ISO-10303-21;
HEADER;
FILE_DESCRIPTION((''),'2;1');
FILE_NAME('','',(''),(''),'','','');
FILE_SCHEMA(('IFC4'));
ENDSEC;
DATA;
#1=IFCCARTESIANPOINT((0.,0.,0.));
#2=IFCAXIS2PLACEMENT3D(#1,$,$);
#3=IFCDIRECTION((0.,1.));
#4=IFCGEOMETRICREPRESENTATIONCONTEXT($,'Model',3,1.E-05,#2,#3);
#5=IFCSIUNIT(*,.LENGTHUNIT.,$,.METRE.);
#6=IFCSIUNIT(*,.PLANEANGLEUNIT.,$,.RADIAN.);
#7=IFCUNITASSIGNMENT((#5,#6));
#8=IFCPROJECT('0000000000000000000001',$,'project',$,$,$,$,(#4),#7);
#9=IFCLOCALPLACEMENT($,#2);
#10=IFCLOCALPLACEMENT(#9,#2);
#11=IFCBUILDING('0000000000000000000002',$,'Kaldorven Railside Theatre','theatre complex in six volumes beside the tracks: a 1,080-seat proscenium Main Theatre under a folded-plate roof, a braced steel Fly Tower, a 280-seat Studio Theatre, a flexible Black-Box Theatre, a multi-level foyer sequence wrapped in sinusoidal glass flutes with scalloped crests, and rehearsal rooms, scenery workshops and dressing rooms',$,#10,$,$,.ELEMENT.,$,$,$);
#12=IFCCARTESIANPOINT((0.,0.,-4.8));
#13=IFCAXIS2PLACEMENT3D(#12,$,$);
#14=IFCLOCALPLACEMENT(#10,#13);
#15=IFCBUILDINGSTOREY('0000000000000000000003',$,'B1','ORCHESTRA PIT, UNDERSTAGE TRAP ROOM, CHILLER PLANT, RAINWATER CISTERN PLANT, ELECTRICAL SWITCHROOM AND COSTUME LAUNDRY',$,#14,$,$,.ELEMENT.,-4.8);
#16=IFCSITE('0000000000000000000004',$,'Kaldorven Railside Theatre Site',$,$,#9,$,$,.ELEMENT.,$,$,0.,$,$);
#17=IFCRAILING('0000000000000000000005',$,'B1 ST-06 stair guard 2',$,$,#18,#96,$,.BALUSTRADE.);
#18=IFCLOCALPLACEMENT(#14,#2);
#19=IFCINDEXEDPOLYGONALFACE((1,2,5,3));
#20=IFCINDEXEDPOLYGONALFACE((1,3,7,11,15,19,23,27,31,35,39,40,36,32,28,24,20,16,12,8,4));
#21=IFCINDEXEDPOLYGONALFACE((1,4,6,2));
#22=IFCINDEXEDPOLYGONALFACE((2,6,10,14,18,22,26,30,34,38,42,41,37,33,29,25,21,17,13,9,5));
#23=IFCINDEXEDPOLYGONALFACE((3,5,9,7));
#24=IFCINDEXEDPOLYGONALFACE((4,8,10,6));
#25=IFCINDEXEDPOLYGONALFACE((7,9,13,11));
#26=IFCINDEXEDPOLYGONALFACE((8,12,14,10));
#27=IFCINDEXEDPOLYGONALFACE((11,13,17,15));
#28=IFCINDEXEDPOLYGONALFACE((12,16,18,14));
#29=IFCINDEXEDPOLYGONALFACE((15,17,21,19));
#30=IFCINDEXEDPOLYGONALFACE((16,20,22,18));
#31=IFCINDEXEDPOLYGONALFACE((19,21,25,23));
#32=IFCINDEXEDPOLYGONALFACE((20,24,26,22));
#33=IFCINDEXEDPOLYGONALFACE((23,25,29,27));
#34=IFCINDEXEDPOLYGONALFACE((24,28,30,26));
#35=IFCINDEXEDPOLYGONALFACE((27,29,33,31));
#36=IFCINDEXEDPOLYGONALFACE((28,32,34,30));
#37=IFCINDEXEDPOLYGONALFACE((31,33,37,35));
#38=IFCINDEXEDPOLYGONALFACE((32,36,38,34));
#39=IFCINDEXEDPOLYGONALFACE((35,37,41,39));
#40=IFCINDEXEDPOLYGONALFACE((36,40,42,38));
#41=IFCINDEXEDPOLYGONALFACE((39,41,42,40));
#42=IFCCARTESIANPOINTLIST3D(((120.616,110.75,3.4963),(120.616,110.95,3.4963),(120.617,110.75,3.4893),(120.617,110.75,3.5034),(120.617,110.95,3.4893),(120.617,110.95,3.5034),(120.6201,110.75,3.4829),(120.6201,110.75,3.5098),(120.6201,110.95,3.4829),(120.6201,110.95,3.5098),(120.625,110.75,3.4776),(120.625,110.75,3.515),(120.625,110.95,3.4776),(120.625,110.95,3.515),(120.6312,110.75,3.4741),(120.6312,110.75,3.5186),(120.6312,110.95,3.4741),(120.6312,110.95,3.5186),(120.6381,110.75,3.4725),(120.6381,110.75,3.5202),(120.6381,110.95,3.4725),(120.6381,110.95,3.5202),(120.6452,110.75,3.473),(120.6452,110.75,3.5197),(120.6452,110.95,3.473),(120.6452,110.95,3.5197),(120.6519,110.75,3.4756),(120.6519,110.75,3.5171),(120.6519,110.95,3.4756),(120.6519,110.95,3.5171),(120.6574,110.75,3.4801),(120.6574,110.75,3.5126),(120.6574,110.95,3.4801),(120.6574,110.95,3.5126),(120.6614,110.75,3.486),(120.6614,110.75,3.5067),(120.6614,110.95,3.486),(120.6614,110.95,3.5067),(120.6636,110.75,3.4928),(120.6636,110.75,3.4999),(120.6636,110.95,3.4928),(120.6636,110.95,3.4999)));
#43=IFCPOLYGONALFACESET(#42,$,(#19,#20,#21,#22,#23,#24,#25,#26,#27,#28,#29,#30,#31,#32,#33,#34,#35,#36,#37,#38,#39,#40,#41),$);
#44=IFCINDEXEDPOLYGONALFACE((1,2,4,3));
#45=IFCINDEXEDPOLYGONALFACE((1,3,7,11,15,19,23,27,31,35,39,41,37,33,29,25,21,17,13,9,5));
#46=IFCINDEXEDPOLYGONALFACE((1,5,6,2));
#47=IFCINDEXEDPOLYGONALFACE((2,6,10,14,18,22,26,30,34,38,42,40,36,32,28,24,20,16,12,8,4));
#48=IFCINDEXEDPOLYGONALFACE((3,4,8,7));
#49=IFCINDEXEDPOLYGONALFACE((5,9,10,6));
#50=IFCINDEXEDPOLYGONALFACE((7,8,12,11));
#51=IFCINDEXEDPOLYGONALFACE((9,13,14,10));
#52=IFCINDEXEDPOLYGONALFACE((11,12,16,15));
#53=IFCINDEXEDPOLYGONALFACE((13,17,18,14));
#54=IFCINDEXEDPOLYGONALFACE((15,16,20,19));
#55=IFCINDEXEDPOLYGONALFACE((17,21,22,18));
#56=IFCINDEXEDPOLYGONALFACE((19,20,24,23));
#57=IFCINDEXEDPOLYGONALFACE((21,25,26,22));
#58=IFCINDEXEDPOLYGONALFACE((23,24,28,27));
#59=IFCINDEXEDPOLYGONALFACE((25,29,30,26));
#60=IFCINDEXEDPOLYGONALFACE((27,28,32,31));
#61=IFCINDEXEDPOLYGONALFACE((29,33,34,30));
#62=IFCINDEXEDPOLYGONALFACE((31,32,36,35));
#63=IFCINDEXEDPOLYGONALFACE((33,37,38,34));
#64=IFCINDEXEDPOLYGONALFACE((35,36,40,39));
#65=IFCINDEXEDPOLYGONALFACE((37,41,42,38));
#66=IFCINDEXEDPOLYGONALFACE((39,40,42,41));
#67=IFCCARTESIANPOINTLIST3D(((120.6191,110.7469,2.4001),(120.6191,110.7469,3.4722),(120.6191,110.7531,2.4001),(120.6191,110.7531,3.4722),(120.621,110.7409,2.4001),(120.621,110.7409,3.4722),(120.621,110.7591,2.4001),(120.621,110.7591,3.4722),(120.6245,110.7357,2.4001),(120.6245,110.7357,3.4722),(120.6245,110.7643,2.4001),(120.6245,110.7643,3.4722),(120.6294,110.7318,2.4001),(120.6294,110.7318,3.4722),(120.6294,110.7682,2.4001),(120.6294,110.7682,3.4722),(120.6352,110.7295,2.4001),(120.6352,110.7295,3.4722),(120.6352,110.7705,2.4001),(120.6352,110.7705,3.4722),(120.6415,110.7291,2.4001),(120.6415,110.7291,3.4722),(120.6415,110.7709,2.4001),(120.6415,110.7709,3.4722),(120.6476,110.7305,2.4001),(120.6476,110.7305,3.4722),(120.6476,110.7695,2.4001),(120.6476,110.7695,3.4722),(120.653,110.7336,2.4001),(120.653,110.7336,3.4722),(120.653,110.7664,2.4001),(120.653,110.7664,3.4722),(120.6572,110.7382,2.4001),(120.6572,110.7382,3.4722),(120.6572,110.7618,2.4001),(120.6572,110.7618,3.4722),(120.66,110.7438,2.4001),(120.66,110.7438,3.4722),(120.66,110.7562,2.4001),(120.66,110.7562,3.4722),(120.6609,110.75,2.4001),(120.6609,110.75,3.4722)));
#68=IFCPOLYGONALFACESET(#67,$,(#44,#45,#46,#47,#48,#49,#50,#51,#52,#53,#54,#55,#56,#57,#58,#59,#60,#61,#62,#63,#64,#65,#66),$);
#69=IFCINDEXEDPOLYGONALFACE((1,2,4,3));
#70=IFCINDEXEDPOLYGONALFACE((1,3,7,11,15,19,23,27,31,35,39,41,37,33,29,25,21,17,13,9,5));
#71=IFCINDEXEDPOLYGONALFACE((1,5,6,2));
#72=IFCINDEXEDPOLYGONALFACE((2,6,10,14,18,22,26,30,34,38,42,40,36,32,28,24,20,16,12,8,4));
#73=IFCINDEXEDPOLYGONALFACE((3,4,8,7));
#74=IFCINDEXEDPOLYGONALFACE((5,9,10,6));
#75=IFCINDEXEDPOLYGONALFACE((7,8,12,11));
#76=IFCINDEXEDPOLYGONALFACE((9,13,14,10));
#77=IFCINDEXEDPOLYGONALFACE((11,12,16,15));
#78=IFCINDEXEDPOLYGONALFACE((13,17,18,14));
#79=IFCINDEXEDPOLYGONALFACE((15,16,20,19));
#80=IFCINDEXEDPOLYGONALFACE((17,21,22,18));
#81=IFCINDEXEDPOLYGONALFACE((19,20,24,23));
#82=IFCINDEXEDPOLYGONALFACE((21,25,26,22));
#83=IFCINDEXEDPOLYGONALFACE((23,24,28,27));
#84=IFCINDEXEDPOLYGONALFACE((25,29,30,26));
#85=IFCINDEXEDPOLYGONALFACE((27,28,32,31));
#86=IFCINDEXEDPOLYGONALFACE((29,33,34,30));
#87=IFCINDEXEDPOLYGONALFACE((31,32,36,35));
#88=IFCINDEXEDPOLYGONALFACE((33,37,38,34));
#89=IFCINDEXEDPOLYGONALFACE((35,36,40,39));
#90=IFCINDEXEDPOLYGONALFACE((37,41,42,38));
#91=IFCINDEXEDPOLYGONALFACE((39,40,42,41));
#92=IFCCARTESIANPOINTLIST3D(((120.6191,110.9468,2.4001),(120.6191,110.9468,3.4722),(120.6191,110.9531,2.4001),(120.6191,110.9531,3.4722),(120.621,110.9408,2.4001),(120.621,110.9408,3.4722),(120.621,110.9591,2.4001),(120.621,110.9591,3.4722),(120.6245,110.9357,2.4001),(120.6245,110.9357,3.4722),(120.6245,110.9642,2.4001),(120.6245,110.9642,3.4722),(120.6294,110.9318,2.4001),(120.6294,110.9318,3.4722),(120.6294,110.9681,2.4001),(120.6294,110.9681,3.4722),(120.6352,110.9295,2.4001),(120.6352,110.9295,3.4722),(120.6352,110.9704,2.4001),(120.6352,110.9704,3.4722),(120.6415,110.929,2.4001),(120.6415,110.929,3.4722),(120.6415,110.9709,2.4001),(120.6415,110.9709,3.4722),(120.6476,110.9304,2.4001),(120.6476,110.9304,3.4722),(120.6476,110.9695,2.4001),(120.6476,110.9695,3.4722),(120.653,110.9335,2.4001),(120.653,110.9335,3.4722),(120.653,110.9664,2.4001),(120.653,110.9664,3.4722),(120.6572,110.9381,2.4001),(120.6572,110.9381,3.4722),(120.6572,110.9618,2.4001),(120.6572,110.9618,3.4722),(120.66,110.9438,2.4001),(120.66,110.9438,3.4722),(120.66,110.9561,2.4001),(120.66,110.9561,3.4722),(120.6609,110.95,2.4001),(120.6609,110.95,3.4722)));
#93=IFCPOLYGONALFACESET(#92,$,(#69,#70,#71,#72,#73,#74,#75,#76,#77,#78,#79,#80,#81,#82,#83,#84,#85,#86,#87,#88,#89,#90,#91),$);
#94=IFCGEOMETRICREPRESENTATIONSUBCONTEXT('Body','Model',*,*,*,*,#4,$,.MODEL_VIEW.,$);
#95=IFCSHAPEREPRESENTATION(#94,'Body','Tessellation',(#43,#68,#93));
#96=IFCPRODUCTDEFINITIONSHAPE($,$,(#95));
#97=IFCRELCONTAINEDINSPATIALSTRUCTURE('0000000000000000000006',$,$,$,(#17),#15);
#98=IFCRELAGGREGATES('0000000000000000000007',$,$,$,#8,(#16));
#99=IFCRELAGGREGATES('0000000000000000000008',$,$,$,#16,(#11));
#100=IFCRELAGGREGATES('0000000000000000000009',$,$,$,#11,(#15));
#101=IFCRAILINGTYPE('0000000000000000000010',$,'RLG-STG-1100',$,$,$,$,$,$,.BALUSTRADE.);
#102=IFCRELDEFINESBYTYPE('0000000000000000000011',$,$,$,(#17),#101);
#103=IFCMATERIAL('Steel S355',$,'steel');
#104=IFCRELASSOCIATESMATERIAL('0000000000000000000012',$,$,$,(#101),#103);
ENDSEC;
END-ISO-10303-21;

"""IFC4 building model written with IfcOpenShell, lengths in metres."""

from ifc_helpers import new_model, si_unit, direction, frame, origin, origin_2d, place, context, subcontext, project, spatial, circle, extrude, material, type_object, element, save


model = new_model("IFC4")

# Units and contexts
model_context = context("Model", 3, precision=1e-05, world=origin(), true_north=direction((0.0, 1.0)))
body_context = subcontext(model_context, "Body", "Model", "MODEL_VIEW")
ifc_project = project(units=[si_unit("LENGTHUNIT", "METRE"), si_unit("PLANEANGLEUNIT", "RADIAN")], contexts=[model_context])

# Site, building, storey
site_placement = place(None, origin())
site = spatial("IfcSite", under=ifc_project, at=site_placement, Name="Kaldorven Railside Theatre Site", CompositionType="ELEMENT", RefElevation=0.0)
building_placement = place(site_placement, origin())
building = spatial("IfcBuilding", under=site, at=building_placement, Name="Kaldorven Railside Theatre", Description="theatre complex in six volumes beside the tracks: a 1,080-seat proscenium Main Theatre under a folded-plate roof, a braced steel Fly Tower, a 280-seat Studio Theatre, a flexible Black-Box Theatre, a multi-level foyer sequence wrapped in sinusoidal glass flutes with scalloped crests, and rehearsal rooms, scenery workshops and dressing rooms", CompositionType="ELEMENT")
storey_placement = place(building_placement, frame((0.0, 0.0, -4.8)))
storey = spatial("IfcBuildingStorey", under=building, at=storey_placement, Name="B1", Description="ORCHESTRA PIT, UNDERSTAGE TRAP ROOM, CHILLER PLANT, RAINWATER CISTERN PLANT, ELECTRICAL SWITCHROOM AND COSTUME LAUNDRY", CompositionType="ELEMENT", Elevation=-4.8)

# Railing
ifc_material_1 = material(Name="Steel S355", Category="steel")
railing_type_1 = type_object("IfcRailingType", Name="RLG-STG-1100", PredefinedType="BALUSTRADE", material=ifc_material_1)
railing_1_placement = place(storey_placement, frame((120.6399, 110.75, 2.4001)))
element("IfcRailing", 1, at=railing_1_placement, inside=storey, type_object=railing_type_1, Name="B1 ST-06 stair guard 2", PredefinedType="BALUSTRADE", context=body_context, shape_type="SweptSolid", body=[
    extrude(circle(Radius=0.0239, at=origin_2d()), frame((0.0, 0.0, 1.0962), z_axis=(0.0, 1.0, 0.0), x_axis=(-1.0, 0.0, 0.0)), (0.0, 0.0, 1.0), 0.2),
    extrude(circle(Radius=0.021, at=origin_2d()), origin(), (0.0, 0.0, 1.0), 1.072),
    extrude(circle(Radius=0.021, at=origin_2d()), frame((0.0, 0.2, 0.0)), (0.0, 0.0, 1.0), 1.072),
])

save(model, "model.ifc")
